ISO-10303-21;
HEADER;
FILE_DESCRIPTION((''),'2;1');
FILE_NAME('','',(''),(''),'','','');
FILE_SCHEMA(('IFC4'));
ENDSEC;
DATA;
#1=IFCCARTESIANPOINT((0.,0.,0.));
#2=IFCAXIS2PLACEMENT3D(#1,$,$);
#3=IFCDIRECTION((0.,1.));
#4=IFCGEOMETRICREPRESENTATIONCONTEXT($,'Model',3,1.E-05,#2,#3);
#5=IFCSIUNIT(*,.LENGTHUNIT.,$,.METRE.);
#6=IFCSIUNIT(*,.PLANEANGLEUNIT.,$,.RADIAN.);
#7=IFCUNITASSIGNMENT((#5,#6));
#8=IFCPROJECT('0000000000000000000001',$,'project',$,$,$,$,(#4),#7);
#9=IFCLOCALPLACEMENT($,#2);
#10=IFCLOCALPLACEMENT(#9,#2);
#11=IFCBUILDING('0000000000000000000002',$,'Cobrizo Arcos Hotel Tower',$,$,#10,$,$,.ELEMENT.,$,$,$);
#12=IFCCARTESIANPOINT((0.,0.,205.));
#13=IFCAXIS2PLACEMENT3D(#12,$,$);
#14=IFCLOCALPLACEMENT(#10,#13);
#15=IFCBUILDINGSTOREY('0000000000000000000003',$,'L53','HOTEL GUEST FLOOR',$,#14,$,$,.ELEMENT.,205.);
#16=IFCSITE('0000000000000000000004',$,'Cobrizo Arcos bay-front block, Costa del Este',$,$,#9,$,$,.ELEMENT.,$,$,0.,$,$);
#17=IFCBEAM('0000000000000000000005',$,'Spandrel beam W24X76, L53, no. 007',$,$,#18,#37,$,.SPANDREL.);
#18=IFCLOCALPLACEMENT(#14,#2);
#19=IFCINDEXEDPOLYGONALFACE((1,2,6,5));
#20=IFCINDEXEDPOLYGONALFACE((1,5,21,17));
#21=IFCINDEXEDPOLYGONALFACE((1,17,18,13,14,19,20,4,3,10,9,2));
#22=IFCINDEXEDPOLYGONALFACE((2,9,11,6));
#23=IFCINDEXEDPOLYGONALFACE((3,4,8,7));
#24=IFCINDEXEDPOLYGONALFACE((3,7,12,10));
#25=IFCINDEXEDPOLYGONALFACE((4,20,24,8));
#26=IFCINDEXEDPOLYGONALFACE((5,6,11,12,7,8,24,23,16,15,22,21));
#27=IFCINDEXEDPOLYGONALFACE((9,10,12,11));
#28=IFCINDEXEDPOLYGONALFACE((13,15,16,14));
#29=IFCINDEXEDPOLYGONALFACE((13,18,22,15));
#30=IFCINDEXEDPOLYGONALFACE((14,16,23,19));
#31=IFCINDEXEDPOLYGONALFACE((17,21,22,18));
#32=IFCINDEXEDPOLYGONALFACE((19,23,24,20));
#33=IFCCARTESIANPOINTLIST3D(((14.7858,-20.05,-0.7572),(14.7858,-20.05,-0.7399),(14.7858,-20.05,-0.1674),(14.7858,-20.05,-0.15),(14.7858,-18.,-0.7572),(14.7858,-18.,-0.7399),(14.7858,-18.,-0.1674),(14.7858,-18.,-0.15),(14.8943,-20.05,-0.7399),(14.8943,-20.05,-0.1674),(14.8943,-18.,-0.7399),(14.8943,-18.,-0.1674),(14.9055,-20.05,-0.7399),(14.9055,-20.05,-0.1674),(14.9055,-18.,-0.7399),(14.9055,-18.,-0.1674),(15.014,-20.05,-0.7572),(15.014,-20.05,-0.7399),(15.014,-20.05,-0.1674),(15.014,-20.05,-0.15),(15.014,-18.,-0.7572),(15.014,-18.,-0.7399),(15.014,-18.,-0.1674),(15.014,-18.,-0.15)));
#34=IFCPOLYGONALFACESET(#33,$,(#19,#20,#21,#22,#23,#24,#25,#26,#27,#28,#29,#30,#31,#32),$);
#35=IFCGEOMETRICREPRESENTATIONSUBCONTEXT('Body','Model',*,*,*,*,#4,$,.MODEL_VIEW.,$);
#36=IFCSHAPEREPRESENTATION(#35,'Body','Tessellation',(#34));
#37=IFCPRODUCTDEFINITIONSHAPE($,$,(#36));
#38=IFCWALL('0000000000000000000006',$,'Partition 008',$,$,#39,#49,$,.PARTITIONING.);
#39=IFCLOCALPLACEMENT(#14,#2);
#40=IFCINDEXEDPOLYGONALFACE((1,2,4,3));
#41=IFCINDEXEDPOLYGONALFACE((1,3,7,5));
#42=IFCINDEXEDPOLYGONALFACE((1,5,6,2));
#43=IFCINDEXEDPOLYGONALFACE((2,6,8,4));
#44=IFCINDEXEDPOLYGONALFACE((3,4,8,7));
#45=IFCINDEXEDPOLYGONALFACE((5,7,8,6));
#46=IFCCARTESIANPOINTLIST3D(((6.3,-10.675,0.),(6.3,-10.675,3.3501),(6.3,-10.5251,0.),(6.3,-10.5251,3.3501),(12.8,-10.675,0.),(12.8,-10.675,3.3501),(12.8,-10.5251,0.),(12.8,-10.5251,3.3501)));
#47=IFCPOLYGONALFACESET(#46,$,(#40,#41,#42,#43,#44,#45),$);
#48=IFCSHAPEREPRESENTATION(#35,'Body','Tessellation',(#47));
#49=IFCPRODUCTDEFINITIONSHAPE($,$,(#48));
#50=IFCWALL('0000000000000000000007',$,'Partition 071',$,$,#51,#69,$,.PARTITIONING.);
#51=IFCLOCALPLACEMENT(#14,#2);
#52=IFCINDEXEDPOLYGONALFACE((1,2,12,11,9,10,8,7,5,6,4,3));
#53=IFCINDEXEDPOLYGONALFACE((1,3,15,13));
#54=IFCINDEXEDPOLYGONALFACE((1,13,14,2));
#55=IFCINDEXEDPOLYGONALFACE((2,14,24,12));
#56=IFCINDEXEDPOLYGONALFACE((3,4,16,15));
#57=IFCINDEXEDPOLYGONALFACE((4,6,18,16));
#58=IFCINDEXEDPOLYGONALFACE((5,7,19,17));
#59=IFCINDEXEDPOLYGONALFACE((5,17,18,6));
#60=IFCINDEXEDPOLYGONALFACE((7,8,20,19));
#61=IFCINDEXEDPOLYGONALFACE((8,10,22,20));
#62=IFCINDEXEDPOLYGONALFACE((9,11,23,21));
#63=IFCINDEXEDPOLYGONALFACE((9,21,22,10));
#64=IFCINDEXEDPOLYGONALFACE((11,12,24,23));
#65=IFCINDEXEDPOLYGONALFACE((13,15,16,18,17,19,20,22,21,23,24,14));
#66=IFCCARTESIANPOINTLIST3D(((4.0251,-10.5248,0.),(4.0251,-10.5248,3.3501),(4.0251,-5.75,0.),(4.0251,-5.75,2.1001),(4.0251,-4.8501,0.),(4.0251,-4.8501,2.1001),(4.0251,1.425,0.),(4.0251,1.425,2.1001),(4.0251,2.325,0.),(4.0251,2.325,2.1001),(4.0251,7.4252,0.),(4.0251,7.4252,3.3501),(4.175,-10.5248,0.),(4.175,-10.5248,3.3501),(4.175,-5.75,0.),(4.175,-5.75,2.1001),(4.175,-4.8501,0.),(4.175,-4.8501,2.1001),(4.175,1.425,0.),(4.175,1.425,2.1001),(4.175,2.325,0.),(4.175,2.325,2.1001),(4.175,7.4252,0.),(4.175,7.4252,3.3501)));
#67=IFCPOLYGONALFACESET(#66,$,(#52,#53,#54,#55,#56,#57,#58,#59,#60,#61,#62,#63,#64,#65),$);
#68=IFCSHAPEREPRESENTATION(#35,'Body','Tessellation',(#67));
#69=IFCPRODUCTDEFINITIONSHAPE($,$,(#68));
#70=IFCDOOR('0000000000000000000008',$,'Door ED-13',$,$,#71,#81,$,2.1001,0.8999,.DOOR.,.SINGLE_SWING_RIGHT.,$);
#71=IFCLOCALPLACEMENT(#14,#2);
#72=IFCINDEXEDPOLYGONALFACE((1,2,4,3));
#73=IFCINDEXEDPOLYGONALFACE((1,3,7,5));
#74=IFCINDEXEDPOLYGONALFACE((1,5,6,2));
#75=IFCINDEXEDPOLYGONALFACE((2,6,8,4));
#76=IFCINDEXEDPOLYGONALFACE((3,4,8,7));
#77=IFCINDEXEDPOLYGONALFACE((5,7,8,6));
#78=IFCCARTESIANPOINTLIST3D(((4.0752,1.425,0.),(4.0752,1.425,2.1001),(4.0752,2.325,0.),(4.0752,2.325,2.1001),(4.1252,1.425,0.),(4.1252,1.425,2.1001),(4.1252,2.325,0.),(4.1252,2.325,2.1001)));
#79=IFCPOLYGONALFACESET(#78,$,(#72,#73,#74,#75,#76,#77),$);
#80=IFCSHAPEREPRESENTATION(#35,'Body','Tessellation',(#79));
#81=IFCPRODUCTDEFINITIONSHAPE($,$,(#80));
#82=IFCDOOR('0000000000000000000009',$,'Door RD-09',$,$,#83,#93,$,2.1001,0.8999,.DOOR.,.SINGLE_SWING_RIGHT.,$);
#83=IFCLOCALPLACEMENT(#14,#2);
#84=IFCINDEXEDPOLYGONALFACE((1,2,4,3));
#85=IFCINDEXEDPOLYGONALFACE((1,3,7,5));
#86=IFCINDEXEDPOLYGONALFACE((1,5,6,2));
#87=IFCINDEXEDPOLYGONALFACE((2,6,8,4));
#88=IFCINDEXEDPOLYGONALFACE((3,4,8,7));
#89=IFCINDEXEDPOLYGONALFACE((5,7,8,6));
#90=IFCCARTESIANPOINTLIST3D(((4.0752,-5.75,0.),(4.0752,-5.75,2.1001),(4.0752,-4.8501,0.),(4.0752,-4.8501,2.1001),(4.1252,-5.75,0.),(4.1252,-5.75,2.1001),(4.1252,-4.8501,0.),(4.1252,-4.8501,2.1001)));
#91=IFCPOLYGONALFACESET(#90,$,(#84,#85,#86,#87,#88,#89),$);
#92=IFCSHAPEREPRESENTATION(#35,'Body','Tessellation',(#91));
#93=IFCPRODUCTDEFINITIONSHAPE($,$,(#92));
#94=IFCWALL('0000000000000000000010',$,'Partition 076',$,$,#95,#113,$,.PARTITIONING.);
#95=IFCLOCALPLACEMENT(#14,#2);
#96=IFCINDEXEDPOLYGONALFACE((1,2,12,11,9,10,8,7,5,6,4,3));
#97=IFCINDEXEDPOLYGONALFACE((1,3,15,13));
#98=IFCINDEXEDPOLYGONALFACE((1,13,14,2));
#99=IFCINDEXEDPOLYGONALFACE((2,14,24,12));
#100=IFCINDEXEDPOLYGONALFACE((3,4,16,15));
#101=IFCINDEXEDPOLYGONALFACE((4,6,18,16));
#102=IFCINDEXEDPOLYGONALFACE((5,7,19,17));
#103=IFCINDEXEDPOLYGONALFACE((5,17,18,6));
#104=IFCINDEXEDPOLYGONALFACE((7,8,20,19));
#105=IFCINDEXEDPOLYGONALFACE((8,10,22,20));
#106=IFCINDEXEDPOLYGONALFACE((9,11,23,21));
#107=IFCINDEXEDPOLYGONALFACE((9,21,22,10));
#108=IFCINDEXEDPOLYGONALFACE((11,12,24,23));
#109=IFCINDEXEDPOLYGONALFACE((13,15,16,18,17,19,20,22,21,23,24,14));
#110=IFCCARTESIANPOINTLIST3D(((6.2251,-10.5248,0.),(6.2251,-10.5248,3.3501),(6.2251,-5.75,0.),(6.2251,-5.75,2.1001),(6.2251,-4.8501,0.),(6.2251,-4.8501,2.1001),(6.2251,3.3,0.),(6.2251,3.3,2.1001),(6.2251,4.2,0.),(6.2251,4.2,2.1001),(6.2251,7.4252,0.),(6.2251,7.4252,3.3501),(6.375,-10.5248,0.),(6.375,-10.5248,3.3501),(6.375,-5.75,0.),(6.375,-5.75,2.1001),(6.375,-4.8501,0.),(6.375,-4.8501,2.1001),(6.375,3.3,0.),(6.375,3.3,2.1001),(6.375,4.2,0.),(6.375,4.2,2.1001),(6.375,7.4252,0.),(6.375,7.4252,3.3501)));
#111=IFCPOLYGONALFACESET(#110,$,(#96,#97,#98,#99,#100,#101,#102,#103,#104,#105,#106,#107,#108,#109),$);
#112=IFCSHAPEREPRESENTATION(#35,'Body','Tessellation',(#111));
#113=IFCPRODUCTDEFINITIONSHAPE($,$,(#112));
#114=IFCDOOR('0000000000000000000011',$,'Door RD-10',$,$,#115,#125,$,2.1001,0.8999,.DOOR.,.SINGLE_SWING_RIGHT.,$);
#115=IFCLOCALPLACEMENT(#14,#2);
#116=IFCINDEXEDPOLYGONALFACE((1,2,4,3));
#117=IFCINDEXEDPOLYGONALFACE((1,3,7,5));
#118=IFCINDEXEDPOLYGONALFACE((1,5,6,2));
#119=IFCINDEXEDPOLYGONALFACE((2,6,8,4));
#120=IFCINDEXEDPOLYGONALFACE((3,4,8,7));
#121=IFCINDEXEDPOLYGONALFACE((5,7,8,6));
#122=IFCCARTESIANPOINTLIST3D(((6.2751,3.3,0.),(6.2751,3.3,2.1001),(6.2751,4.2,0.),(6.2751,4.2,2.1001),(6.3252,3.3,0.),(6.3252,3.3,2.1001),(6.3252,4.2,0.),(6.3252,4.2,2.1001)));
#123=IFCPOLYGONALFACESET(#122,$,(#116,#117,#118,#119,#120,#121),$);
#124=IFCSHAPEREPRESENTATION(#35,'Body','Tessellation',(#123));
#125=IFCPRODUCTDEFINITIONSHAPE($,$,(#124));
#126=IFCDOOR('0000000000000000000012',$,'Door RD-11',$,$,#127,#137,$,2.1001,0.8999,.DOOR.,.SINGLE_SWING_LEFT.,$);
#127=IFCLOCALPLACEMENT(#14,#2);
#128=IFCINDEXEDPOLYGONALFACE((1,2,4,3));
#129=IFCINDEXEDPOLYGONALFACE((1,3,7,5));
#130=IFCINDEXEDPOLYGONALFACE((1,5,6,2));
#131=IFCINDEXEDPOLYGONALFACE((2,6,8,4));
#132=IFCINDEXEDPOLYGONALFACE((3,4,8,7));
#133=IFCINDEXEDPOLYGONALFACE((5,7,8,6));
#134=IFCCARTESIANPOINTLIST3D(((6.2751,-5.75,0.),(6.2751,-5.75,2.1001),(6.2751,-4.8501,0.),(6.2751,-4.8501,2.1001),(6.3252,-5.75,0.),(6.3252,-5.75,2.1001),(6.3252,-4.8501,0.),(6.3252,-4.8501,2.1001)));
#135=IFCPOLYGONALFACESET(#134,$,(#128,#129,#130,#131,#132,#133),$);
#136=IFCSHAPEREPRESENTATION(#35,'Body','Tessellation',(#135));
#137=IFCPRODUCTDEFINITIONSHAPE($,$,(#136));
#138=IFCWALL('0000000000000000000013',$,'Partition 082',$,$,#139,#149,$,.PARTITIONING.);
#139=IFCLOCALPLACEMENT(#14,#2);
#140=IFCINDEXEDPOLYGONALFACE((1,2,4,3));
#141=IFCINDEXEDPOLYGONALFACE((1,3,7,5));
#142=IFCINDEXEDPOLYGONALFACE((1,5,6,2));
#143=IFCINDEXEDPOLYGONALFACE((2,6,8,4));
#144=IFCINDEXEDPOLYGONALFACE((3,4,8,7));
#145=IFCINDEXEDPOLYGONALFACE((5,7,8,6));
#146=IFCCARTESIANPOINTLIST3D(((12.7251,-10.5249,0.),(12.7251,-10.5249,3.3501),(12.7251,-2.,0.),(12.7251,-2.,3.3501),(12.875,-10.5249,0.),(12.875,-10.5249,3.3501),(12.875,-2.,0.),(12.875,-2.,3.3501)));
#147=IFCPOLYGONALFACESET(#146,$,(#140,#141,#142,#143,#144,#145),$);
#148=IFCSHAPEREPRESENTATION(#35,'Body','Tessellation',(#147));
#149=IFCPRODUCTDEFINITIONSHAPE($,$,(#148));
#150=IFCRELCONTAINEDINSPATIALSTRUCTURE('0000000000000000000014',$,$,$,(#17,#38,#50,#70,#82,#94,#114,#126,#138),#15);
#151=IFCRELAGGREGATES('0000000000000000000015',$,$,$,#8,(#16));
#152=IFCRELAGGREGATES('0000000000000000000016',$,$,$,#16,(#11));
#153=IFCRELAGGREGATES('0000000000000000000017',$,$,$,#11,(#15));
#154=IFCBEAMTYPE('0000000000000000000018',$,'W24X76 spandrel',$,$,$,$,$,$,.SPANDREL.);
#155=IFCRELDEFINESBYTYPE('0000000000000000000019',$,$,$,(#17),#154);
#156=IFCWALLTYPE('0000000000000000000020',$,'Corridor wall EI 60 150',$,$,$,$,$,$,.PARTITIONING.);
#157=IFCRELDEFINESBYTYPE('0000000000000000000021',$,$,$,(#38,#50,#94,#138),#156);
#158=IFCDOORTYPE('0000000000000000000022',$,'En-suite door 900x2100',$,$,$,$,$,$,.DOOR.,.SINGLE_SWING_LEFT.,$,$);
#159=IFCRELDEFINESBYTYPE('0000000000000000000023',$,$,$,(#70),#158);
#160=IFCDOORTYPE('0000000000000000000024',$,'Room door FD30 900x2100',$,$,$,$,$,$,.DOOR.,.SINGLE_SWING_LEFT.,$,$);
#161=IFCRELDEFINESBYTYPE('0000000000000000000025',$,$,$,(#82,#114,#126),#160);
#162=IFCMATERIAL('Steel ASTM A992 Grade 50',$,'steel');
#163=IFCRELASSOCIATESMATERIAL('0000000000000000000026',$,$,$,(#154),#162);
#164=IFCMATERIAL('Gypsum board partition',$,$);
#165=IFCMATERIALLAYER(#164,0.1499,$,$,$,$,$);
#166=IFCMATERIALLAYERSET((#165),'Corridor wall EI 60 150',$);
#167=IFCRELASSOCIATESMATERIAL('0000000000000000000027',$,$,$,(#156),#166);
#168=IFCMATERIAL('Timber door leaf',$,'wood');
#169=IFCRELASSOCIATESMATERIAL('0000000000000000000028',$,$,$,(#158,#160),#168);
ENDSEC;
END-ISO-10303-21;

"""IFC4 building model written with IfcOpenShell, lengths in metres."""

from ifc_helpers import new_model, si_unit, direction, frame, frame_2d, origin, origin_2d, place, context, subcontext, project, spatial, rectangle, i_section, extrude, material, layer, layer_set, material_profile, profile_set, type_object, element, fill, save


model = new_model("IFC4")

# Units and contexts
model_context = context("Model", 3, precision=1e-05, world=origin(), true_north=direction((0.0, 1.0)))
body_context = subcontext(model_context, "Body", "Model", "MODEL_VIEW")
ifc_project = project(units=[si_unit("LENGTHUNIT", "METRE"), si_unit("PLANEANGLEUNIT", "RADIAN")], contexts=[model_context])

# Site, building, storey
site_placement = place(None, origin())
site = spatial("IfcSite", under=ifc_project, at=site_placement, Name="Cobrizo Arcos bay-front block, Costa del Este", CompositionType="ELEMENT", RefElevation=0.0)
building_placement = place(site_placement, origin())
building = spatial("IfcBuilding", under=site, at=building_placement, Name="Cobrizo Arcos Hotel Tower", CompositionType="ELEMENT")
storey_placement = place(building_placement, frame((0.0, 0.0, 205.0)))
storey = spatial("IfcBuildingStorey", under=building, at=storey_placement, Name="L53", Description="HOTEL GUEST FLOOR", CompositionType="ELEMENT", Elevation=205.0)

# Shared definitions
ifc_material_1 = material(Name="Steel ASTM A992 Grade 50", Category="steel")

# Beam
ifc_material_profile_1 = material_profile(ifc_material_1, i_section(OverallWidth=0.2283, OverallDepth=0.6072, WebThickness=0.0112, FlangeThickness=0.0173, at=origin_2d()), Name="W24X76")
ifc_profile_set_1 = profile_set([ifc_material_profile_1], Name="Steel ASTM A992 Grade 50")
beam_type_1 = type_object("IfcBeamType", Name="W24X76 spandrel", PredefinedType="SPANDREL", material=ifc_profile_set_1)
beam_1_placement = place(storey_placement, frame((14.8999, -20.05, -0.4536), z_axis=(0.0, 1.0, 0.0), x_axis=(-1.0, 0.0, 0.0)))
element("IfcBeam", 1, at=beam_1_placement, inside=storey, type_object=beam_type_1, Name="Spandrel beam W24X76, L53, no. 007", PredefinedType="SPANDREL", context=body_context, shape_type="SweptSolid", body=[
    extrude(i_section(OverallWidth=0.2283, OverallDepth=0.6072, WebThickness=0.0112, FlangeThickness=0.0173, at=origin_2d()), origin(), (0.0, 0.0, 1.0), 2.05),
])

# Wall
ifc_material_2 = material(Name="Gypsum board partition")
ifc_layer_1 = layer(ifc_material_2, 0.1499)
ifc_layer_set_1 = layer_set([ifc_layer_1], Name="Corridor wall EI 60 150")
wall_type_1 = type_object("IfcWallType", Name="Corridor wall EI 60 150", PredefinedType="PARTITIONING", material=ifc_layer_set_1)
wall_1_placement = place(storey_placement, frame((6.3, -10.6001, 0.0), z_axis=(0.0, 0.0, 1.0), x_axis=(1.0, 0.0, 0.0)))
element("IfcWall", 2, at=wall_1_placement, inside=storey, type_object=wall_type_1, Name="Partition 008", PredefinedType="PARTITIONING", context=body_context, shape_type="SweptSolid", body=[
    extrude(rectangle(XDim=6.5, YDim=0.1499, at=frame_2d((3.25, 0.0))), origin(), (0.0, 0.0, 1.0), 3.3501),
])

# Walls, openings, doors
wall_2_placement = place(storey_placement, frame((4.1001, -10.5249, 0.0), z_axis=(0.0, 0.0, 1.0), x_axis=(0.0, 1.0, 0.0)))
wall_2 = element("IfcWall", 3, at=wall_2_placement, inside=storey, type_object=wall_type_1, Name="Partition 071", PredefinedType="PARTITIONING", context=body_context, shape_type="SweptSolid", body=[
    extrude(rectangle(XDim=17.95, YDim=0.1499, at=frame_2d((8.9751, 0.0))), origin(), (0.0, 0.0, 1.0), 3.3501),
])
opening_1_placement = place(wall_2_placement, frame((11.95, 0.0, 0.0)))
opening_1 = element("IfcOpeningElement", 4, at=opening_1_placement, cuts=wall_2, PredefinedType="OPENING", context=body_context, shape_type="SweptSolid", body=[
    extrude(rectangle(XDim=0.8999, YDim=2.1001, at=frame_2d((0.45, 1.05))), frame((0.0, 0.0869, 0.0), z_axis=(0.0, -1.0, 0.0), x_axis=(1.0, 0.0, 0.0)), (0.0, 0.0, 1.0), 0.1738),
])
opening_2_placement = place(wall_2_placement, frame((4.7749, 0.0, 0.0)))
opening_2 = element("IfcOpeningElement", 5, at=opening_2_placement, cuts=wall_2, PredefinedType="OPENING", context=body_context, shape_type="SweptSolid", body=[
    extrude(rectangle(XDim=0.8999, YDim=2.1001, at=frame_2d((0.45, 1.05))), frame((0.0, 0.0869, 0.0), z_axis=(0.0, -1.0, 0.0), x_axis=(1.0, 0.0, 0.0)), (0.0, 0.0, 1.0), 0.1738),
])
ifc_material_3 = material(Name="Timber door leaf", Category="wood")
door_type_1 = type_object("IfcDoorType", Name="En-suite door 900x2100", OperationType="SINGLE_SWING_LEFT", PredefinedType="DOOR", material=ifc_material_3)
door_1_placement = place(opening_1_placement, origin())
door_1 = element("IfcDoor", 6, at=door_1_placement, inside=storey, type_object=door_type_1, Name="Door ED-13", OperationType="SINGLE_SWING_RIGHT", OverallHeight=2.1001, OverallWidth=0.8999, PredefinedType="DOOR", context=body_context, shape_type="SweptSolid", body=[
    extrude(rectangle(XDim=0.8999, YDim=2.1001, at=frame_2d((0.45, 1.05))), frame((0.0, 0.0249, 0.0), z_axis=(0.0, -1.0, 0.0), x_axis=(1.0, 0.0, 0.0)), (0.0, 0.0, 1.0), 0.05),
])
fill(opening_1, door_1)
door_type_2 = type_object("IfcDoorType", Name="Room door FD30 900x2100", OperationType="SINGLE_SWING_LEFT", PredefinedType="DOOR", material=ifc_material_3)
door_2_placement = place(opening_2_placement, origin())
door_2 = element("IfcDoor", 7, at=door_2_placement, inside=storey, type_object=door_type_2, Name="Door RD-09", OperationType="SINGLE_SWING_RIGHT", OverallHeight=2.1001, OverallWidth=0.8999, PredefinedType="DOOR", context=body_context, shape_type="SweptSolid", body=[
    extrude(rectangle(XDim=0.8999, YDim=2.1001, at=frame_2d((0.45, 1.05))), frame((0.0, 0.0249, 0.0), z_axis=(0.0, -1.0, 0.0), x_axis=(1.0, 0.0, 0.0)), (0.0, 0.0, 1.0), 0.05),
])
fill(opening_2, door_2)
wall_3_placement = place(storey_placement, frame((6.3, -10.5249, 0.0), z_axis=(0.0, 0.0, 1.0), x_axis=(0.0, 1.0, 0.0)))
wall_3 = element("IfcWall", 8, at=wall_3_placement, inside=storey, type_object=wall_type_1, Name="Partition 076", PredefinedType="PARTITIONING", context=body_context, shape_type="SweptSolid", body=[
    extrude(rectangle(XDim=17.95, YDim=0.1499, at=frame_2d((8.9751, 0.0))), origin(), (0.0, 0.0, 1.0), 3.3501),
])
opening_3_placement = place(wall_3_placement, frame((13.825, 0.0, 0.0)))
opening_3 = element("IfcOpeningElement", 9, at=opening_3_placement, cuts=wall_3, PredefinedType="OPENING", context=body_context, shape_type="SweptSolid", body=[
    extrude(rectangle(XDim=0.8999, YDim=2.1001, at=frame_2d((0.45, 1.05))), frame((0.0, 0.0869, 0.0), z_axis=(0.0, -1.0, 0.0), x_axis=(1.0, 0.0, 0.0)), (0.0, 0.0, 1.0), 0.1738),
])
opening_4_placement = place(wall_3_placement, frame((4.7749, 0.0, 0.0)))
opening_4 = element("IfcOpeningElement", 10, at=opening_4_placement, cuts=wall_3, PredefinedType="OPENING", context=body_context, shape_type="SweptSolid", body=[
    extrude(rectangle(XDim=0.8999, YDim=2.1001, at=frame_2d((0.45, 1.05))), frame((0.0, 0.0869, 0.0), z_axis=(0.0, -1.0, 0.0), x_axis=(1.0, 0.0, 0.0)), (0.0, 0.0, 1.0), 0.1738),
])
door_3_placement = place(opening_3_placement, origin())
door_3 = element("IfcDoor", 11, at=door_3_placement, inside=storey, type_object=door_type_2, Name="Door RD-10", OperationType="SINGLE_SWING_RIGHT", OverallHeight=2.1001, OverallWidth=0.8999, PredefinedType="DOOR", context=body_context, shape_type="SweptSolid", body=[
    extrude(rectangle(XDim=0.8999, YDim=2.1001, at=frame_2d((0.45, 1.05))), frame((0.0, 0.0249, 0.0), z_axis=(0.0, -1.0, 0.0), x_axis=(1.0, 0.0, 0.0)), (0.0, 0.0, 1.0), 0.05),
])
fill(opening_3, door_3)
door_4_placement = place(opening_4_placement, origin())
door_4 = element("IfcDoor", 12, at=door_4_placement, inside=storey, type_object=door_type_2, Name="Door RD-11", OperationType="SINGLE_SWING_LEFT", OverallHeight=2.1001, OverallWidth=0.8999, PredefinedType="DOOR", context=body_context, shape_type="SweptSolid", body=[
    extrude(rectangle(XDim=0.8999, YDim=2.1001, at=frame_2d((0.45, 1.05))), frame((0.0, 0.0249, 0.0), z_axis=(0.0, -1.0, 0.0), x_axis=(1.0, 0.0, 0.0)), (0.0, 0.0, 1.0), 0.05),
])
fill(opening_4, door_4)

# Wall
wall_4_placement = place(storey_placement, frame((12.8, -10.5249, 0.0), z_axis=(0.0, 0.0, 1.0), x_axis=(0.0, 1.0, 0.0)))
element("IfcWall", 13, at=wall_4_placement, inside=storey, type_object=wall_type_1, Name="Partition 082", PredefinedType="PARTITIONING", context=body_context, shape_type="SweptSolid", body=[
    extrude(rectangle(XDim=8.5249, YDim=0.1499, at=frame_2d((4.2625, 0.0))), origin(), (0.0, 0.0, 1.0), 3.3501),
])

save(model, "model.ifc")
